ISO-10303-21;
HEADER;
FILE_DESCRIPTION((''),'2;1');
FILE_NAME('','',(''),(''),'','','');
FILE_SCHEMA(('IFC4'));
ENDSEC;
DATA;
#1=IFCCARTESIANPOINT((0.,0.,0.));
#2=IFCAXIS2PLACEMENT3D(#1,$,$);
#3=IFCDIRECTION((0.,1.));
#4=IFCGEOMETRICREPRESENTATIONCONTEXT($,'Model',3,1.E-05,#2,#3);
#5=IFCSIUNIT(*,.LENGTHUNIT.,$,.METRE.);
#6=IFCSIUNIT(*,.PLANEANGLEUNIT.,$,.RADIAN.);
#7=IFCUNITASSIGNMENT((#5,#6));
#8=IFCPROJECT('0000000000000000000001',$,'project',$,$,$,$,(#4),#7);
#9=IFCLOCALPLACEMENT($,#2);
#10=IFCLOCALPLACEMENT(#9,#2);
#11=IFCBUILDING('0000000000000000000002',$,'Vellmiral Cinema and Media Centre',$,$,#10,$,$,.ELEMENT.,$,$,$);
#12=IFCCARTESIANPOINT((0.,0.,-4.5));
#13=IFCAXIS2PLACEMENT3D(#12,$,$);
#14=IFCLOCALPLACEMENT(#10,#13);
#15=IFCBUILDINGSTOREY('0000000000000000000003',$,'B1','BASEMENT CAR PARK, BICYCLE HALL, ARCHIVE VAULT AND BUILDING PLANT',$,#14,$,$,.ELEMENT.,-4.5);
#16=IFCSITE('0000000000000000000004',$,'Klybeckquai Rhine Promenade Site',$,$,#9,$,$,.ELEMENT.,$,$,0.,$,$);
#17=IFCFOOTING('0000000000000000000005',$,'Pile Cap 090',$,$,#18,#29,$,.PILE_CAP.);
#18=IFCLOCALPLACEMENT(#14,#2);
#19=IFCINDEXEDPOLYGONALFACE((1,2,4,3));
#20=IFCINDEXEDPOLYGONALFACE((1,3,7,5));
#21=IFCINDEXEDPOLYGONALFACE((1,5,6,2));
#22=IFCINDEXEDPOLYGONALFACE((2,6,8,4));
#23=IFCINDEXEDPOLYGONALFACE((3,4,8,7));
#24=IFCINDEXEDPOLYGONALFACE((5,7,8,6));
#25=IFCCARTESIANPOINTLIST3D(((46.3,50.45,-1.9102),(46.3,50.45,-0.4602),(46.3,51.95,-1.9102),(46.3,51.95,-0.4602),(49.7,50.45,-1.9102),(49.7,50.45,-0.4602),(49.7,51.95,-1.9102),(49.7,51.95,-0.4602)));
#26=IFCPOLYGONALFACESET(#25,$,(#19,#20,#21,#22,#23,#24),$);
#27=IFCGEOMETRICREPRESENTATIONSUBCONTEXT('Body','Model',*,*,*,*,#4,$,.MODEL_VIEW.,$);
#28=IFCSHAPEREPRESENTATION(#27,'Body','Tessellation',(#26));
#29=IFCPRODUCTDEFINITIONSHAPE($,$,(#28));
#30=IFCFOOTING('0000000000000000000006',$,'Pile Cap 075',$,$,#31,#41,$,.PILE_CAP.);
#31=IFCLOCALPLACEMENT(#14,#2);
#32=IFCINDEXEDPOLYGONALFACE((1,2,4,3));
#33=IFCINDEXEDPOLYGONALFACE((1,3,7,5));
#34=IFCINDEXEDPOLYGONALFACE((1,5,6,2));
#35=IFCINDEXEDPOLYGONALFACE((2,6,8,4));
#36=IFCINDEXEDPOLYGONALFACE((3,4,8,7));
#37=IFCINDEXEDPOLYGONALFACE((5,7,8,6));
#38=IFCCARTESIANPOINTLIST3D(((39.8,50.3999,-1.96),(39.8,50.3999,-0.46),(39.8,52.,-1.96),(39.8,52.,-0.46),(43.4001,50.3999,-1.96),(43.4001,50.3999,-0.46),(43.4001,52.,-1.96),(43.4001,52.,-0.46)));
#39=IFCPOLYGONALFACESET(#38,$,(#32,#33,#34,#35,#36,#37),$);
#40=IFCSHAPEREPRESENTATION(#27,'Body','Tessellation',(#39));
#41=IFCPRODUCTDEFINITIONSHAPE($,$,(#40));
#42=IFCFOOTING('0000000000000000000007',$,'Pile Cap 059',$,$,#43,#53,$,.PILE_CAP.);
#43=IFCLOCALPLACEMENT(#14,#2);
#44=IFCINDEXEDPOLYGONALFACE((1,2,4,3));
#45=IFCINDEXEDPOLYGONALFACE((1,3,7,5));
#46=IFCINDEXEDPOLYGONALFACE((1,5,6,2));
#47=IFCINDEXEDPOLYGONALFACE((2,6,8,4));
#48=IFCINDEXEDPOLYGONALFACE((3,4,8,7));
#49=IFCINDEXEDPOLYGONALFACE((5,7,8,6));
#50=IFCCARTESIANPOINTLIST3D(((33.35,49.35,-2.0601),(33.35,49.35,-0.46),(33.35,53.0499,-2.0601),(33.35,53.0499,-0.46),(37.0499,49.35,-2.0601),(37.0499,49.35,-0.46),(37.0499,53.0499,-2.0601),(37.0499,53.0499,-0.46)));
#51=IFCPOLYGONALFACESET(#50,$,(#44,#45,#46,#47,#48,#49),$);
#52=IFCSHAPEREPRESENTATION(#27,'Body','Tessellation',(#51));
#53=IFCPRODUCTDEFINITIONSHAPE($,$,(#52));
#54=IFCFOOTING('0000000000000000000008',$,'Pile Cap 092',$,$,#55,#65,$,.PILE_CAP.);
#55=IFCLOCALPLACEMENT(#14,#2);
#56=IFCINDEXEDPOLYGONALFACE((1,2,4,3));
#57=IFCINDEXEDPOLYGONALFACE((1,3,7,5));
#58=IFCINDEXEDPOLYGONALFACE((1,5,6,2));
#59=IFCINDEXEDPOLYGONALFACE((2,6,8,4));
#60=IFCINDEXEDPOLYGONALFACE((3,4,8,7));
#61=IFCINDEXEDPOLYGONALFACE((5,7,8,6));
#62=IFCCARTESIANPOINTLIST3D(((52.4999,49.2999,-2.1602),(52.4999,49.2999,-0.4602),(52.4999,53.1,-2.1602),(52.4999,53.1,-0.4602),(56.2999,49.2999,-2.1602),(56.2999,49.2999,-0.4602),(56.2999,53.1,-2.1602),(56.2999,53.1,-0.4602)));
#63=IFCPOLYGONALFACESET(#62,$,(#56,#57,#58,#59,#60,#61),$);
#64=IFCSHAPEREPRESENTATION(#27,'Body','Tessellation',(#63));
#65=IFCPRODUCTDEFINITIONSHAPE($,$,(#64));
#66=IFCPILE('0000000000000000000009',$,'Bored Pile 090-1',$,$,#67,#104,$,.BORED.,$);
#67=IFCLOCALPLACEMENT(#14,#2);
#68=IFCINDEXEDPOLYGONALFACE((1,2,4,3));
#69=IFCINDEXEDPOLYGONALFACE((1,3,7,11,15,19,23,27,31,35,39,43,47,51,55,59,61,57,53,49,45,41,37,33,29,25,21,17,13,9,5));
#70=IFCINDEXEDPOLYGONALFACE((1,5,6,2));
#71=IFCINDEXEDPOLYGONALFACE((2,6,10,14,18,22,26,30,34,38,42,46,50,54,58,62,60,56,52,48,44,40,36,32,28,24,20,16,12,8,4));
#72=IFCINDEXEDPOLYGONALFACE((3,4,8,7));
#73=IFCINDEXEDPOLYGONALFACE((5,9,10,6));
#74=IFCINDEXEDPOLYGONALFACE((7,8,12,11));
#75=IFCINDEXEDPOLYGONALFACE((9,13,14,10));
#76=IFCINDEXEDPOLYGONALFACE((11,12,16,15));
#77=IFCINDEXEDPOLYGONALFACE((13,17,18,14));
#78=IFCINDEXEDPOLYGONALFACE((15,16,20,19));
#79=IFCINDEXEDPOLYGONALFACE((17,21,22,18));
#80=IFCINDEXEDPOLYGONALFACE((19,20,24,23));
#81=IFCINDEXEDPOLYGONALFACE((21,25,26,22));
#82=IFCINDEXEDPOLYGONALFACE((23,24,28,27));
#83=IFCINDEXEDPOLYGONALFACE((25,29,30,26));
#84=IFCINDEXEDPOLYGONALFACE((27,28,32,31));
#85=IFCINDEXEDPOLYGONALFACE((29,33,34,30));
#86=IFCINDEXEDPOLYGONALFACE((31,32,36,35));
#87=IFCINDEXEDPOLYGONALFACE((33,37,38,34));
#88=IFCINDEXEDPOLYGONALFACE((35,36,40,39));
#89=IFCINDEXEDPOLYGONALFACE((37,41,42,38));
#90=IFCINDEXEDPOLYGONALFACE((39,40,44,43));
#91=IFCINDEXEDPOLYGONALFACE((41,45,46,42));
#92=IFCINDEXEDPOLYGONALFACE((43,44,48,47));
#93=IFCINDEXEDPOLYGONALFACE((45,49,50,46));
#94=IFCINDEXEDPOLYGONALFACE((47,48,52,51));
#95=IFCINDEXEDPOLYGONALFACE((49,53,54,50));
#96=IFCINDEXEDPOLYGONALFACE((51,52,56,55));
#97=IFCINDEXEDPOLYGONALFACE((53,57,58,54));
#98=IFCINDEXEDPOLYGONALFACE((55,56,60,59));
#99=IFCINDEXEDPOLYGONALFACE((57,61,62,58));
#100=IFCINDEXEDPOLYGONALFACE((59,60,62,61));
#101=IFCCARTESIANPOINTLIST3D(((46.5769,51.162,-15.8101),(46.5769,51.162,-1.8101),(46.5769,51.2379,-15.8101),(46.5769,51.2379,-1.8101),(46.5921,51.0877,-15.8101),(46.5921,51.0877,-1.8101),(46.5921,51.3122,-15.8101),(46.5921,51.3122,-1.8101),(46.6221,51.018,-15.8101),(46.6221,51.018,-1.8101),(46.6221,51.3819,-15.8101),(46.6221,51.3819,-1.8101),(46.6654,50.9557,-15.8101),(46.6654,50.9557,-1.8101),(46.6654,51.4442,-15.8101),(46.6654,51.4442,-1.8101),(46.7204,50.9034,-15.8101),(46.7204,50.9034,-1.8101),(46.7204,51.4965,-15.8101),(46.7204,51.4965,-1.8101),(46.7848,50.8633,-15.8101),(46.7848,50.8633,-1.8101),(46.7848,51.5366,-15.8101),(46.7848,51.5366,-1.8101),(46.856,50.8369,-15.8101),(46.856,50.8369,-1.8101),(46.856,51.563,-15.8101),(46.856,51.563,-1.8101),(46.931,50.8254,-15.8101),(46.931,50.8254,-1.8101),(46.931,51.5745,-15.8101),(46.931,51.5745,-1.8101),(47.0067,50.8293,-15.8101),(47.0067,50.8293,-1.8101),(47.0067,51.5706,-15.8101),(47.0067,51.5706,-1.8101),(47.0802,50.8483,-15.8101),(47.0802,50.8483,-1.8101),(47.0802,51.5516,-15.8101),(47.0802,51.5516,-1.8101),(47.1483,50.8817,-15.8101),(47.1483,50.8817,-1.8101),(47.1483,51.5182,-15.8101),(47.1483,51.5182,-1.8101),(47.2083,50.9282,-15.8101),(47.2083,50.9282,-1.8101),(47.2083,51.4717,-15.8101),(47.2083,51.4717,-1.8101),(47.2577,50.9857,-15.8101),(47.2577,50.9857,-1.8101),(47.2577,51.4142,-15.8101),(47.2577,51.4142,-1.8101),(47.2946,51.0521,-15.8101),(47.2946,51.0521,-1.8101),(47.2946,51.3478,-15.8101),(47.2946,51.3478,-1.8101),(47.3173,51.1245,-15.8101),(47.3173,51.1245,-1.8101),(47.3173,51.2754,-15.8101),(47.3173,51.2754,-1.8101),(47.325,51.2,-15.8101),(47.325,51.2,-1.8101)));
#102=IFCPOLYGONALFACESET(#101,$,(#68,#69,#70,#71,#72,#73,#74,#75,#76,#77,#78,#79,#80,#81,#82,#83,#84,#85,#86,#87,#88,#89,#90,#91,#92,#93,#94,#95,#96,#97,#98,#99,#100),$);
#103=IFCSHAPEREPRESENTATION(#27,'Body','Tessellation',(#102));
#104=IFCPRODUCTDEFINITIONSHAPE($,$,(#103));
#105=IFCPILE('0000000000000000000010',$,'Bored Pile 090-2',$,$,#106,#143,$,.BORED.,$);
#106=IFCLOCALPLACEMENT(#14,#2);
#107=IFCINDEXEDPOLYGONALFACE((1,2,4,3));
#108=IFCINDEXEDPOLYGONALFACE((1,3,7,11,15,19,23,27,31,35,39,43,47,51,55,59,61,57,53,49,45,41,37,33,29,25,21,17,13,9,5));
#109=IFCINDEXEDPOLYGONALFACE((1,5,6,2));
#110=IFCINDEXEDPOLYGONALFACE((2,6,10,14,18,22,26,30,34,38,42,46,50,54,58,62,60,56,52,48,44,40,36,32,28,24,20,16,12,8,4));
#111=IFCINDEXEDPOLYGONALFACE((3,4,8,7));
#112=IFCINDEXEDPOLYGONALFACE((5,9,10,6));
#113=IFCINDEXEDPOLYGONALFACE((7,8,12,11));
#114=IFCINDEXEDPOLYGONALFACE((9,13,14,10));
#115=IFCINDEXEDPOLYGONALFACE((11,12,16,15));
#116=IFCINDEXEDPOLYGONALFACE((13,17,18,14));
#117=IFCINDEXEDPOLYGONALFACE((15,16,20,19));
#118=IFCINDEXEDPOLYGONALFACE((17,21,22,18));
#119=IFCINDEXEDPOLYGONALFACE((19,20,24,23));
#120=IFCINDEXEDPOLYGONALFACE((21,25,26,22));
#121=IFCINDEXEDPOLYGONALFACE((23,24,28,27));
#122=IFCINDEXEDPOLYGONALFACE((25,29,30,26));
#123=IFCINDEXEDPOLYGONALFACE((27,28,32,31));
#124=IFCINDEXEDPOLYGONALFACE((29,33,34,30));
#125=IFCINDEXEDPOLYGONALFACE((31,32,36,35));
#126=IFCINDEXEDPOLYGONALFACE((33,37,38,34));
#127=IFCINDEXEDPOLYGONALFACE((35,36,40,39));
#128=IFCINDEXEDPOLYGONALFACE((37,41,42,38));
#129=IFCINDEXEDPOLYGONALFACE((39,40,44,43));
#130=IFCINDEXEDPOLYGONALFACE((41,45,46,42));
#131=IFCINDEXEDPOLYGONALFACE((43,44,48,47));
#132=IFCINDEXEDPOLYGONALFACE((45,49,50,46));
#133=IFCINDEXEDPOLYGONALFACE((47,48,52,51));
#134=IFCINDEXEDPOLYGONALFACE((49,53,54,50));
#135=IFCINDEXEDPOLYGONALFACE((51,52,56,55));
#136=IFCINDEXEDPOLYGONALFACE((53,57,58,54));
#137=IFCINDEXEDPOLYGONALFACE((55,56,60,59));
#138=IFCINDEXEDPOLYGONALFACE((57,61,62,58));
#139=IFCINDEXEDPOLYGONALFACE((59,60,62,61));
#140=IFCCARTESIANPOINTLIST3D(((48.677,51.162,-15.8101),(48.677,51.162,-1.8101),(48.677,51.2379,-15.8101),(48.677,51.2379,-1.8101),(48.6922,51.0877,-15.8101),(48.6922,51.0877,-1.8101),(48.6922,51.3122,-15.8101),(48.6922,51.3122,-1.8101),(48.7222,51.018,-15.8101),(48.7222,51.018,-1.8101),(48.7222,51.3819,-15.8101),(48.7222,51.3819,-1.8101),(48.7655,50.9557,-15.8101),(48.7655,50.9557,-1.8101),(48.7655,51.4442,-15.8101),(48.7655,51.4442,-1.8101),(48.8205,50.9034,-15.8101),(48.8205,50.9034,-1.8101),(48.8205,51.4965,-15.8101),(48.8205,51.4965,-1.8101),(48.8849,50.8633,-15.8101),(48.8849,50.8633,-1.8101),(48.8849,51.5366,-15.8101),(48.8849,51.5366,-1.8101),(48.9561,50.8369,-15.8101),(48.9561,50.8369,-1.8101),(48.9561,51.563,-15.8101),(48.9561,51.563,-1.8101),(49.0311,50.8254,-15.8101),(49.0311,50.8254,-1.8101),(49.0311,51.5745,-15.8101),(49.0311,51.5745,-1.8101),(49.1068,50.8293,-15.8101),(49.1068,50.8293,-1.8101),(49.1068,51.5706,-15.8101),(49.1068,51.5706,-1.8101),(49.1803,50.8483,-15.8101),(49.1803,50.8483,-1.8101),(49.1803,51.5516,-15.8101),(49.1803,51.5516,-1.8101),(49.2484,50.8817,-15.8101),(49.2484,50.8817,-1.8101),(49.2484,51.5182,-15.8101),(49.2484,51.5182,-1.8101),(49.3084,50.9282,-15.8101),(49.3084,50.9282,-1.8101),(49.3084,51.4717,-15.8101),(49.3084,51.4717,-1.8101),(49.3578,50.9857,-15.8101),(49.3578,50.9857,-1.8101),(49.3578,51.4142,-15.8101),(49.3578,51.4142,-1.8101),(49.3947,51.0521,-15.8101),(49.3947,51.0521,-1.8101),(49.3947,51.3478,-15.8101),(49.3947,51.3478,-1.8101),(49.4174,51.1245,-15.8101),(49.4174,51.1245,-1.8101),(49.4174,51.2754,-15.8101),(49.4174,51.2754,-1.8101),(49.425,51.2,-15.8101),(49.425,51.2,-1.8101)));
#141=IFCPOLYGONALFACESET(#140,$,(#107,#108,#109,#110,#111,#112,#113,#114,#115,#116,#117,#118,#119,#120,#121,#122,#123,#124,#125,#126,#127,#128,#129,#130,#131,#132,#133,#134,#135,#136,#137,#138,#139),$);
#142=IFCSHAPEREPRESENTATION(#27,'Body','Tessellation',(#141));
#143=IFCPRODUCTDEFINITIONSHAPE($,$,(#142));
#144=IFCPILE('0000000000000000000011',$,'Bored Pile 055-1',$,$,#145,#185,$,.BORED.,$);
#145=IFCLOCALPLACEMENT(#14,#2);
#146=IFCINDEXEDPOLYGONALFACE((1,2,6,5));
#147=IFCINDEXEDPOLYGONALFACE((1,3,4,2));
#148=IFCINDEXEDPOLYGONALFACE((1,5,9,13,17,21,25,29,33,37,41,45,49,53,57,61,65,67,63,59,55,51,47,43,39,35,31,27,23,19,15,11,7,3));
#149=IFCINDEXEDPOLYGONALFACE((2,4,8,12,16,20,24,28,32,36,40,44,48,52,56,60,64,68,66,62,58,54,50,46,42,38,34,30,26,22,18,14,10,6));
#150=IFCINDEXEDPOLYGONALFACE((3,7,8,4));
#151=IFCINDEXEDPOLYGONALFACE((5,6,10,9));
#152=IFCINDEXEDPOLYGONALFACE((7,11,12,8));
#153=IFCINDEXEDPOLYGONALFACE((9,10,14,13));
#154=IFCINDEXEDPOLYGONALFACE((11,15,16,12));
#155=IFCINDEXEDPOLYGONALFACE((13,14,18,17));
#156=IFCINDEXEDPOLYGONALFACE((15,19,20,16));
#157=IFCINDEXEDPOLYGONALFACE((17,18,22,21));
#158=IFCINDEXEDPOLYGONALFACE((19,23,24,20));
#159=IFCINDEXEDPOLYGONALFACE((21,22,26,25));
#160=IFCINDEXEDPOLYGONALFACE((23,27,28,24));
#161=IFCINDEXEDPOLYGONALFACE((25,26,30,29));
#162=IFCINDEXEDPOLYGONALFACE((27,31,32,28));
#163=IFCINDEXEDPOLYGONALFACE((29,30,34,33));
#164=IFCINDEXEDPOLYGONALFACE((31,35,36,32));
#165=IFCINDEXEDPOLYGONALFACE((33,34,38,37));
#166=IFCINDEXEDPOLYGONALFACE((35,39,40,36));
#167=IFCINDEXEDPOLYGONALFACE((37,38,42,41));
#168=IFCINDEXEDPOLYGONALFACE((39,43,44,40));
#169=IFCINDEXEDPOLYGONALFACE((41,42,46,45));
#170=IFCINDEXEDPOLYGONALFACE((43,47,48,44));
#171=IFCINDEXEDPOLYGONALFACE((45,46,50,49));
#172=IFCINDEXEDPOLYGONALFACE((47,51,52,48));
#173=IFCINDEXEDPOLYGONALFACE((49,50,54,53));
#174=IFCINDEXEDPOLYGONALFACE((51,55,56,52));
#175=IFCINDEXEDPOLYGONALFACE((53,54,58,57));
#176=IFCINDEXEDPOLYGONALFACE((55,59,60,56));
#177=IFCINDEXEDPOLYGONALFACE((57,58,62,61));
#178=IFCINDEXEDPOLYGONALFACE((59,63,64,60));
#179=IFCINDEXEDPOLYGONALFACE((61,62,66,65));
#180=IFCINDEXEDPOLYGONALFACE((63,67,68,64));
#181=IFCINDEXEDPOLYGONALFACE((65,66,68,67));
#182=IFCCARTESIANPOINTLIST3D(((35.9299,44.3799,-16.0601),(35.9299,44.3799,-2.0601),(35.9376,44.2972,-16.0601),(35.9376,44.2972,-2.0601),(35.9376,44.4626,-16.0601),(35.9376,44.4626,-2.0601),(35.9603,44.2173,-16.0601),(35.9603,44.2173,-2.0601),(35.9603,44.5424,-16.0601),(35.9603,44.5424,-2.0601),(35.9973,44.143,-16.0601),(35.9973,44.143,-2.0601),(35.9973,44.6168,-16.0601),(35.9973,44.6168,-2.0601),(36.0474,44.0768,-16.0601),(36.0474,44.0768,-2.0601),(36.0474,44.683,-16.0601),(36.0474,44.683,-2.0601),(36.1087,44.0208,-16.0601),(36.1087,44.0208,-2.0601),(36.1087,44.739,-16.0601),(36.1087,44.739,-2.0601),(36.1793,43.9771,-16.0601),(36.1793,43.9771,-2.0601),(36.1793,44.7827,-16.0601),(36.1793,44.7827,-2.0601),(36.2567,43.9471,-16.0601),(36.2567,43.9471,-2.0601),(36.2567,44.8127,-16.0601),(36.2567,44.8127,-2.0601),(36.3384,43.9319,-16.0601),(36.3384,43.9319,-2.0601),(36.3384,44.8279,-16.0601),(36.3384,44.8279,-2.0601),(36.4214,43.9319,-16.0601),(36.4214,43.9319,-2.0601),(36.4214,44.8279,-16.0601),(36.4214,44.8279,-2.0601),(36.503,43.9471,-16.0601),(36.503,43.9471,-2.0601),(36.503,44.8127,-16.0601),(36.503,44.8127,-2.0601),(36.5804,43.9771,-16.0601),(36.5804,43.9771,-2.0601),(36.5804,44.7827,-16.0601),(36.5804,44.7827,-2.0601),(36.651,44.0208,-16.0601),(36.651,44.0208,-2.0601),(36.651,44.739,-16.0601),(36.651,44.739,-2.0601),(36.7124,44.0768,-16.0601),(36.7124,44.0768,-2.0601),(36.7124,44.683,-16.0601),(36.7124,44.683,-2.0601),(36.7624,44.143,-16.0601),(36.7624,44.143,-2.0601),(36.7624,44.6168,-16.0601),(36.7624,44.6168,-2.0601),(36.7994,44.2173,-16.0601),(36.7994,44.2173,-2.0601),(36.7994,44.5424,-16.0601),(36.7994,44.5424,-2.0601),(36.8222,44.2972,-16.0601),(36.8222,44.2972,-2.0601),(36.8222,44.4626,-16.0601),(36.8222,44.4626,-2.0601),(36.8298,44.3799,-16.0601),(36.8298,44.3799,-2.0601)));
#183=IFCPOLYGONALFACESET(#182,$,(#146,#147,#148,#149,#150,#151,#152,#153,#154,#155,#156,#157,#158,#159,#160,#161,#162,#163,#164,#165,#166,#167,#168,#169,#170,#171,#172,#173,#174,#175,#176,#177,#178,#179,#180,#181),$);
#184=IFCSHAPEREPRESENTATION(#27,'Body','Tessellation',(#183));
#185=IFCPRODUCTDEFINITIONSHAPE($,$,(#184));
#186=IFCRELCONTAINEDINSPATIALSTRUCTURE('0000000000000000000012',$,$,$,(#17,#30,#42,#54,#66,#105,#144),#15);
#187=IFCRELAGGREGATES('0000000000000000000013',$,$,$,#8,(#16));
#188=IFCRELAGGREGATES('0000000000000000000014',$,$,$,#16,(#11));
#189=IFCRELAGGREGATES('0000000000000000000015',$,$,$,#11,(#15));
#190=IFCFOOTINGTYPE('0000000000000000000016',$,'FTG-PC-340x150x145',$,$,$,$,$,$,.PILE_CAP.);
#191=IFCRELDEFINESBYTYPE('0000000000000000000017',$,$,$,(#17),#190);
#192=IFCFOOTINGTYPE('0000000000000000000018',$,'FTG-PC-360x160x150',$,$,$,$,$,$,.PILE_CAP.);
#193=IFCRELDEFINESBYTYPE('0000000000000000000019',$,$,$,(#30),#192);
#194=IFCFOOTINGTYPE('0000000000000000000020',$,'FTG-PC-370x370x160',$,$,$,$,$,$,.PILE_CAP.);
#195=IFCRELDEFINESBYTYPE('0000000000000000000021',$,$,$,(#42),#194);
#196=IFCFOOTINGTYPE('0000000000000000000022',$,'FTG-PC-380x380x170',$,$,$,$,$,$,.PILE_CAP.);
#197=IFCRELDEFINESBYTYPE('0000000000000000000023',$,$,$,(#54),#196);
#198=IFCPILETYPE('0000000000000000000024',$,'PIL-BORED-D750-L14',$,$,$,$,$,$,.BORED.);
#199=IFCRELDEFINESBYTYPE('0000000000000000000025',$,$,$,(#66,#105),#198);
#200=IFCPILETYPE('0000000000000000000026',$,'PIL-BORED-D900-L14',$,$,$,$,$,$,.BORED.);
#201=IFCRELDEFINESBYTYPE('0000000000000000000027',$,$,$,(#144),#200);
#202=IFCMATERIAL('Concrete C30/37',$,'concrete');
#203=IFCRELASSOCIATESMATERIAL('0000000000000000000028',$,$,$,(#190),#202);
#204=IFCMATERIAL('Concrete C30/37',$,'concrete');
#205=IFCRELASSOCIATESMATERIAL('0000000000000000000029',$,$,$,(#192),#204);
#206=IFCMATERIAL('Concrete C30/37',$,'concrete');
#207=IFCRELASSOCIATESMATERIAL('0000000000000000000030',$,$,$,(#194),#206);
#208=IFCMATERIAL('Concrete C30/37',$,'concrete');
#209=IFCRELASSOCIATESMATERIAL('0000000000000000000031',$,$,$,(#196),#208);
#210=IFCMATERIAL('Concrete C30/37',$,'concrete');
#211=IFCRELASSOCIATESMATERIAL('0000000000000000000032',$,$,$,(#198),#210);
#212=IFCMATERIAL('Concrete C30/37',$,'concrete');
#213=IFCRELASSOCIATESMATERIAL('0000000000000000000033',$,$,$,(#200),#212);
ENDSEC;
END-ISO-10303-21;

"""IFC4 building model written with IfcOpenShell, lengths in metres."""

from ifc_helpers import new_model, si_unit, direction, frame, origin, origin_2d, place, context, subcontext, project, spatial, rectangle, circle, extrude, material, material_profile, profile_set, type_object, element, save


model = new_model("IFC4")

# Units and contexts
model_context = context("Model", 3, precision=1e-05, world=origin(), true_north=direction((0.0, 1.0)))
body_context = subcontext(model_context, "Body", "Model", "MODEL_VIEW")
ifc_project = project(units=[si_unit("LENGTHUNIT", "METRE"), si_unit("PLANEANGLEUNIT", "RADIAN")], contexts=[model_context])

# Site, building, storey
site_placement = place(None, origin())
site = spatial("IfcSite", under=ifc_project, at=site_placement, Name="Klybeckquai Rhine Promenade Site", CompositionType="ELEMENT", RefElevation=0.0)
building_placement = place(site_placement, origin())
building = spatial("IfcBuilding", under=site, at=building_placement, Name="Vellmiral Cinema and Media Centre", CompositionType="ELEMENT")
storey_placement = place(building_placement, frame((0.0, 0.0, -4.5)))
storey = spatial("IfcBuildingStorey", under=building, at=storey_placement, Name="B1", Description="BASEMENT CAR PARK, BICYCLE HALL, ARCHIVE VAULT AND BUILDING PLANT", CompositionType="ELEMENT", Elevation=-4.5)

# Footings
ifc_material_1 = material(Name="Concrete C30/37", Category="concrete")
footing_type_1 = type_object("IfcFootingType", Name="FTG-PC-340x150x145", PredefinedType="PILE_CAP", material=ifc_material_1)
footing_1_placement = place(storey_placement, frame((48.0, 51.2, -1.9102), z_axis=(0.0, 0.0, 1.0), x_axis=(1.0, 0.0, 0.0)))
element("IfcFooting", 1, at=footing_1_placement, inside=storey, type_object=footing_type_1, Name="Pile Cap 090", PredefinedType="PILE_CAP", context=body_context, shape_type="SweptSolid", body=[
    extrude(rectangle(XDim=3.3999, YDim=1.5, at=origin_2d()), origin(), (0.0, 0.0, 1.0), 1.45),
])
ifc_material_2 = material(Name="Concrete C30/37", Category="concrete")
footing_type_2 = type_object("IfcFootingType", Name="FTG-PC-360x160x150", PredefinedType="PILE_CAP", material=ifc_material_2)
footing_2_placement = place(storey_placement, frame((41.6001, 51.2, -1.96), z_axis=(0.0, 0.0, 1.0), x_axis=(1.0, 0.0, 0.0)))
element("IfcFooting", 2, at=footing_2_placement, inside=storey, type_object=footing_type_2, Name="Pile Cap 075", PredefinedType="PILE_CAP", context=body_context, shape_type="SweptSolid", body=[
    extrude(rectangle(XDim=3.6001, YDim=1.6001, at=origin_2d()), origin(), (0.0, 0.0, 1.0), 1.5),
])
ifc_material_3 = material(Name="Concrete C30/37", Category="concrete")
footing_type_3 = type_object("IfcFootingType", Name="FTG-PC-370x370x160", PredefinedType="PILE_CAP", material=ifc_material_3)
footing_3_placement = place(storey_placement, frame((35.2, 51.2, -2.0601), z_axis=(0.0, 0.0, 1.0), x_axis=(1.0, 0.0, 0.0)))
element("IfcFooting", 3, at=footing_3_placement, inside=storey, type_object=footing_type_3, Name="Pile Cap 059", PredefinedType="PILE_CAP", context=body_context, shape_type="SweptSolid", body=[
    extrude(rectangle(XDim=3.7, YDim=3.7, at=origin_2d()), origin(), (0.0, 0.0, 1.0), 1.6001),
])
ifc_material_4 = material(Name="Concrete C30/37", Category="concrete")
footing_type_4 = type_object("IfcFootingType", Name="FTG-PC-380x380x170", PredefinedType="PILE_CAP", material=ifc_material_4)
footing_4_placement = place(storey_placement, frame((54.3999, 51.2, -2.1602), z_axis=(0.0, 0.0, 1.0), x_axis=(1.0, 0.0, 0.0)))
element("IfcFooting", 4, at=footing_4_placement, inside=storey, type_object=footing_type_4, Name="Pile Cap 092", PredefinedType="PILE_CAP", context=body_context, shape_type="SweptSolid", body=[
    extrude(rectangle(XDim=3.8, YDim=3.8, at=origin_2d()), origin(), (0.0, 0.0, 1.0), 1.7),
])

# Piles
ifc_material_5 = material(Name="Concrete C30/37", Category="concrete")
ifc_material_profile_1 = material_profile(ifc_material_5, circle(Radius=0.375, at=origin_2d()), Name="PILE D750")
ifc_profile_set_1 = profile_set([ifc_material_profile_1], Name="Concrete C30/37")
pile_type_1 = type_object("IfcPileType", Name="PIL-BORED-D750-L14", PredefinedType="BORED", material=ifc_profile_set_1)
for number, where, z_axis, x_axis, name in (
    (5, (46.95, 51.2, -1.8101), (0.0, 0.0, -1.0), (1.0, 0.0, 0.0), "Bored Pile 090-1"),
    (6, (49.05, 51.2, -1.8101), (0.0, 0.0, -1.0), (1.0, 0.0, 0.0), "Bored Pile 090-2"),
):
    element("IfcPile", number, at=place(storey_placement, frame(where, z_axis=z_axis, x_axis=x_axis)), inside=storey, type_object=pile_type_1, Name=name, PredefinedType="BORED", context=body_context, shape_type="SweptSolid", body=[
        extrude(circle(Radius=0.375, at=origin_2d()), origin(), (0.0, 0.0, 1.0), 14.0),
    ])
ifc_material_6 = material(Name="Concrete C30/37", Category="concrete")
ifc_material_profile_2 = material_profile(ifc_material_6, circle(Radius=0.45, at=origin_2d()), Name="PILE D900")
ifc_profile_set_2 = profile_set([ifc_material_profile_2], Name="Concrete C30/37")
pile_type_2 = type_object("IfcPileType", Name="PIL-BORED-D900-L14", PredefinedType="BORED", material=ifc_profile_set_2)
for number, where, z_axis, x_axis, name in (
    (7, (36.3799, 44.3799, -2.0601), (0.0, 0.0, -1.0), (1.0, 0.0, 0.0), "Bored Pile 055-1"),
):
    element("IfcPile", number, at=place(storey_placement, frame(where, z_axis=z_axis, x_axis=x_axis)), inside=storey, type_object=pile_type_2, Name=name, PredefinedType="BORED", context=body_context, shape_type="SweptSolid", body=[
        extrude(circle(Radius=0.45, at=origin_2d()), origin(), (0.0, 0.0, 1.0), 14.0),
    ])

save(model, "model.ifc")
